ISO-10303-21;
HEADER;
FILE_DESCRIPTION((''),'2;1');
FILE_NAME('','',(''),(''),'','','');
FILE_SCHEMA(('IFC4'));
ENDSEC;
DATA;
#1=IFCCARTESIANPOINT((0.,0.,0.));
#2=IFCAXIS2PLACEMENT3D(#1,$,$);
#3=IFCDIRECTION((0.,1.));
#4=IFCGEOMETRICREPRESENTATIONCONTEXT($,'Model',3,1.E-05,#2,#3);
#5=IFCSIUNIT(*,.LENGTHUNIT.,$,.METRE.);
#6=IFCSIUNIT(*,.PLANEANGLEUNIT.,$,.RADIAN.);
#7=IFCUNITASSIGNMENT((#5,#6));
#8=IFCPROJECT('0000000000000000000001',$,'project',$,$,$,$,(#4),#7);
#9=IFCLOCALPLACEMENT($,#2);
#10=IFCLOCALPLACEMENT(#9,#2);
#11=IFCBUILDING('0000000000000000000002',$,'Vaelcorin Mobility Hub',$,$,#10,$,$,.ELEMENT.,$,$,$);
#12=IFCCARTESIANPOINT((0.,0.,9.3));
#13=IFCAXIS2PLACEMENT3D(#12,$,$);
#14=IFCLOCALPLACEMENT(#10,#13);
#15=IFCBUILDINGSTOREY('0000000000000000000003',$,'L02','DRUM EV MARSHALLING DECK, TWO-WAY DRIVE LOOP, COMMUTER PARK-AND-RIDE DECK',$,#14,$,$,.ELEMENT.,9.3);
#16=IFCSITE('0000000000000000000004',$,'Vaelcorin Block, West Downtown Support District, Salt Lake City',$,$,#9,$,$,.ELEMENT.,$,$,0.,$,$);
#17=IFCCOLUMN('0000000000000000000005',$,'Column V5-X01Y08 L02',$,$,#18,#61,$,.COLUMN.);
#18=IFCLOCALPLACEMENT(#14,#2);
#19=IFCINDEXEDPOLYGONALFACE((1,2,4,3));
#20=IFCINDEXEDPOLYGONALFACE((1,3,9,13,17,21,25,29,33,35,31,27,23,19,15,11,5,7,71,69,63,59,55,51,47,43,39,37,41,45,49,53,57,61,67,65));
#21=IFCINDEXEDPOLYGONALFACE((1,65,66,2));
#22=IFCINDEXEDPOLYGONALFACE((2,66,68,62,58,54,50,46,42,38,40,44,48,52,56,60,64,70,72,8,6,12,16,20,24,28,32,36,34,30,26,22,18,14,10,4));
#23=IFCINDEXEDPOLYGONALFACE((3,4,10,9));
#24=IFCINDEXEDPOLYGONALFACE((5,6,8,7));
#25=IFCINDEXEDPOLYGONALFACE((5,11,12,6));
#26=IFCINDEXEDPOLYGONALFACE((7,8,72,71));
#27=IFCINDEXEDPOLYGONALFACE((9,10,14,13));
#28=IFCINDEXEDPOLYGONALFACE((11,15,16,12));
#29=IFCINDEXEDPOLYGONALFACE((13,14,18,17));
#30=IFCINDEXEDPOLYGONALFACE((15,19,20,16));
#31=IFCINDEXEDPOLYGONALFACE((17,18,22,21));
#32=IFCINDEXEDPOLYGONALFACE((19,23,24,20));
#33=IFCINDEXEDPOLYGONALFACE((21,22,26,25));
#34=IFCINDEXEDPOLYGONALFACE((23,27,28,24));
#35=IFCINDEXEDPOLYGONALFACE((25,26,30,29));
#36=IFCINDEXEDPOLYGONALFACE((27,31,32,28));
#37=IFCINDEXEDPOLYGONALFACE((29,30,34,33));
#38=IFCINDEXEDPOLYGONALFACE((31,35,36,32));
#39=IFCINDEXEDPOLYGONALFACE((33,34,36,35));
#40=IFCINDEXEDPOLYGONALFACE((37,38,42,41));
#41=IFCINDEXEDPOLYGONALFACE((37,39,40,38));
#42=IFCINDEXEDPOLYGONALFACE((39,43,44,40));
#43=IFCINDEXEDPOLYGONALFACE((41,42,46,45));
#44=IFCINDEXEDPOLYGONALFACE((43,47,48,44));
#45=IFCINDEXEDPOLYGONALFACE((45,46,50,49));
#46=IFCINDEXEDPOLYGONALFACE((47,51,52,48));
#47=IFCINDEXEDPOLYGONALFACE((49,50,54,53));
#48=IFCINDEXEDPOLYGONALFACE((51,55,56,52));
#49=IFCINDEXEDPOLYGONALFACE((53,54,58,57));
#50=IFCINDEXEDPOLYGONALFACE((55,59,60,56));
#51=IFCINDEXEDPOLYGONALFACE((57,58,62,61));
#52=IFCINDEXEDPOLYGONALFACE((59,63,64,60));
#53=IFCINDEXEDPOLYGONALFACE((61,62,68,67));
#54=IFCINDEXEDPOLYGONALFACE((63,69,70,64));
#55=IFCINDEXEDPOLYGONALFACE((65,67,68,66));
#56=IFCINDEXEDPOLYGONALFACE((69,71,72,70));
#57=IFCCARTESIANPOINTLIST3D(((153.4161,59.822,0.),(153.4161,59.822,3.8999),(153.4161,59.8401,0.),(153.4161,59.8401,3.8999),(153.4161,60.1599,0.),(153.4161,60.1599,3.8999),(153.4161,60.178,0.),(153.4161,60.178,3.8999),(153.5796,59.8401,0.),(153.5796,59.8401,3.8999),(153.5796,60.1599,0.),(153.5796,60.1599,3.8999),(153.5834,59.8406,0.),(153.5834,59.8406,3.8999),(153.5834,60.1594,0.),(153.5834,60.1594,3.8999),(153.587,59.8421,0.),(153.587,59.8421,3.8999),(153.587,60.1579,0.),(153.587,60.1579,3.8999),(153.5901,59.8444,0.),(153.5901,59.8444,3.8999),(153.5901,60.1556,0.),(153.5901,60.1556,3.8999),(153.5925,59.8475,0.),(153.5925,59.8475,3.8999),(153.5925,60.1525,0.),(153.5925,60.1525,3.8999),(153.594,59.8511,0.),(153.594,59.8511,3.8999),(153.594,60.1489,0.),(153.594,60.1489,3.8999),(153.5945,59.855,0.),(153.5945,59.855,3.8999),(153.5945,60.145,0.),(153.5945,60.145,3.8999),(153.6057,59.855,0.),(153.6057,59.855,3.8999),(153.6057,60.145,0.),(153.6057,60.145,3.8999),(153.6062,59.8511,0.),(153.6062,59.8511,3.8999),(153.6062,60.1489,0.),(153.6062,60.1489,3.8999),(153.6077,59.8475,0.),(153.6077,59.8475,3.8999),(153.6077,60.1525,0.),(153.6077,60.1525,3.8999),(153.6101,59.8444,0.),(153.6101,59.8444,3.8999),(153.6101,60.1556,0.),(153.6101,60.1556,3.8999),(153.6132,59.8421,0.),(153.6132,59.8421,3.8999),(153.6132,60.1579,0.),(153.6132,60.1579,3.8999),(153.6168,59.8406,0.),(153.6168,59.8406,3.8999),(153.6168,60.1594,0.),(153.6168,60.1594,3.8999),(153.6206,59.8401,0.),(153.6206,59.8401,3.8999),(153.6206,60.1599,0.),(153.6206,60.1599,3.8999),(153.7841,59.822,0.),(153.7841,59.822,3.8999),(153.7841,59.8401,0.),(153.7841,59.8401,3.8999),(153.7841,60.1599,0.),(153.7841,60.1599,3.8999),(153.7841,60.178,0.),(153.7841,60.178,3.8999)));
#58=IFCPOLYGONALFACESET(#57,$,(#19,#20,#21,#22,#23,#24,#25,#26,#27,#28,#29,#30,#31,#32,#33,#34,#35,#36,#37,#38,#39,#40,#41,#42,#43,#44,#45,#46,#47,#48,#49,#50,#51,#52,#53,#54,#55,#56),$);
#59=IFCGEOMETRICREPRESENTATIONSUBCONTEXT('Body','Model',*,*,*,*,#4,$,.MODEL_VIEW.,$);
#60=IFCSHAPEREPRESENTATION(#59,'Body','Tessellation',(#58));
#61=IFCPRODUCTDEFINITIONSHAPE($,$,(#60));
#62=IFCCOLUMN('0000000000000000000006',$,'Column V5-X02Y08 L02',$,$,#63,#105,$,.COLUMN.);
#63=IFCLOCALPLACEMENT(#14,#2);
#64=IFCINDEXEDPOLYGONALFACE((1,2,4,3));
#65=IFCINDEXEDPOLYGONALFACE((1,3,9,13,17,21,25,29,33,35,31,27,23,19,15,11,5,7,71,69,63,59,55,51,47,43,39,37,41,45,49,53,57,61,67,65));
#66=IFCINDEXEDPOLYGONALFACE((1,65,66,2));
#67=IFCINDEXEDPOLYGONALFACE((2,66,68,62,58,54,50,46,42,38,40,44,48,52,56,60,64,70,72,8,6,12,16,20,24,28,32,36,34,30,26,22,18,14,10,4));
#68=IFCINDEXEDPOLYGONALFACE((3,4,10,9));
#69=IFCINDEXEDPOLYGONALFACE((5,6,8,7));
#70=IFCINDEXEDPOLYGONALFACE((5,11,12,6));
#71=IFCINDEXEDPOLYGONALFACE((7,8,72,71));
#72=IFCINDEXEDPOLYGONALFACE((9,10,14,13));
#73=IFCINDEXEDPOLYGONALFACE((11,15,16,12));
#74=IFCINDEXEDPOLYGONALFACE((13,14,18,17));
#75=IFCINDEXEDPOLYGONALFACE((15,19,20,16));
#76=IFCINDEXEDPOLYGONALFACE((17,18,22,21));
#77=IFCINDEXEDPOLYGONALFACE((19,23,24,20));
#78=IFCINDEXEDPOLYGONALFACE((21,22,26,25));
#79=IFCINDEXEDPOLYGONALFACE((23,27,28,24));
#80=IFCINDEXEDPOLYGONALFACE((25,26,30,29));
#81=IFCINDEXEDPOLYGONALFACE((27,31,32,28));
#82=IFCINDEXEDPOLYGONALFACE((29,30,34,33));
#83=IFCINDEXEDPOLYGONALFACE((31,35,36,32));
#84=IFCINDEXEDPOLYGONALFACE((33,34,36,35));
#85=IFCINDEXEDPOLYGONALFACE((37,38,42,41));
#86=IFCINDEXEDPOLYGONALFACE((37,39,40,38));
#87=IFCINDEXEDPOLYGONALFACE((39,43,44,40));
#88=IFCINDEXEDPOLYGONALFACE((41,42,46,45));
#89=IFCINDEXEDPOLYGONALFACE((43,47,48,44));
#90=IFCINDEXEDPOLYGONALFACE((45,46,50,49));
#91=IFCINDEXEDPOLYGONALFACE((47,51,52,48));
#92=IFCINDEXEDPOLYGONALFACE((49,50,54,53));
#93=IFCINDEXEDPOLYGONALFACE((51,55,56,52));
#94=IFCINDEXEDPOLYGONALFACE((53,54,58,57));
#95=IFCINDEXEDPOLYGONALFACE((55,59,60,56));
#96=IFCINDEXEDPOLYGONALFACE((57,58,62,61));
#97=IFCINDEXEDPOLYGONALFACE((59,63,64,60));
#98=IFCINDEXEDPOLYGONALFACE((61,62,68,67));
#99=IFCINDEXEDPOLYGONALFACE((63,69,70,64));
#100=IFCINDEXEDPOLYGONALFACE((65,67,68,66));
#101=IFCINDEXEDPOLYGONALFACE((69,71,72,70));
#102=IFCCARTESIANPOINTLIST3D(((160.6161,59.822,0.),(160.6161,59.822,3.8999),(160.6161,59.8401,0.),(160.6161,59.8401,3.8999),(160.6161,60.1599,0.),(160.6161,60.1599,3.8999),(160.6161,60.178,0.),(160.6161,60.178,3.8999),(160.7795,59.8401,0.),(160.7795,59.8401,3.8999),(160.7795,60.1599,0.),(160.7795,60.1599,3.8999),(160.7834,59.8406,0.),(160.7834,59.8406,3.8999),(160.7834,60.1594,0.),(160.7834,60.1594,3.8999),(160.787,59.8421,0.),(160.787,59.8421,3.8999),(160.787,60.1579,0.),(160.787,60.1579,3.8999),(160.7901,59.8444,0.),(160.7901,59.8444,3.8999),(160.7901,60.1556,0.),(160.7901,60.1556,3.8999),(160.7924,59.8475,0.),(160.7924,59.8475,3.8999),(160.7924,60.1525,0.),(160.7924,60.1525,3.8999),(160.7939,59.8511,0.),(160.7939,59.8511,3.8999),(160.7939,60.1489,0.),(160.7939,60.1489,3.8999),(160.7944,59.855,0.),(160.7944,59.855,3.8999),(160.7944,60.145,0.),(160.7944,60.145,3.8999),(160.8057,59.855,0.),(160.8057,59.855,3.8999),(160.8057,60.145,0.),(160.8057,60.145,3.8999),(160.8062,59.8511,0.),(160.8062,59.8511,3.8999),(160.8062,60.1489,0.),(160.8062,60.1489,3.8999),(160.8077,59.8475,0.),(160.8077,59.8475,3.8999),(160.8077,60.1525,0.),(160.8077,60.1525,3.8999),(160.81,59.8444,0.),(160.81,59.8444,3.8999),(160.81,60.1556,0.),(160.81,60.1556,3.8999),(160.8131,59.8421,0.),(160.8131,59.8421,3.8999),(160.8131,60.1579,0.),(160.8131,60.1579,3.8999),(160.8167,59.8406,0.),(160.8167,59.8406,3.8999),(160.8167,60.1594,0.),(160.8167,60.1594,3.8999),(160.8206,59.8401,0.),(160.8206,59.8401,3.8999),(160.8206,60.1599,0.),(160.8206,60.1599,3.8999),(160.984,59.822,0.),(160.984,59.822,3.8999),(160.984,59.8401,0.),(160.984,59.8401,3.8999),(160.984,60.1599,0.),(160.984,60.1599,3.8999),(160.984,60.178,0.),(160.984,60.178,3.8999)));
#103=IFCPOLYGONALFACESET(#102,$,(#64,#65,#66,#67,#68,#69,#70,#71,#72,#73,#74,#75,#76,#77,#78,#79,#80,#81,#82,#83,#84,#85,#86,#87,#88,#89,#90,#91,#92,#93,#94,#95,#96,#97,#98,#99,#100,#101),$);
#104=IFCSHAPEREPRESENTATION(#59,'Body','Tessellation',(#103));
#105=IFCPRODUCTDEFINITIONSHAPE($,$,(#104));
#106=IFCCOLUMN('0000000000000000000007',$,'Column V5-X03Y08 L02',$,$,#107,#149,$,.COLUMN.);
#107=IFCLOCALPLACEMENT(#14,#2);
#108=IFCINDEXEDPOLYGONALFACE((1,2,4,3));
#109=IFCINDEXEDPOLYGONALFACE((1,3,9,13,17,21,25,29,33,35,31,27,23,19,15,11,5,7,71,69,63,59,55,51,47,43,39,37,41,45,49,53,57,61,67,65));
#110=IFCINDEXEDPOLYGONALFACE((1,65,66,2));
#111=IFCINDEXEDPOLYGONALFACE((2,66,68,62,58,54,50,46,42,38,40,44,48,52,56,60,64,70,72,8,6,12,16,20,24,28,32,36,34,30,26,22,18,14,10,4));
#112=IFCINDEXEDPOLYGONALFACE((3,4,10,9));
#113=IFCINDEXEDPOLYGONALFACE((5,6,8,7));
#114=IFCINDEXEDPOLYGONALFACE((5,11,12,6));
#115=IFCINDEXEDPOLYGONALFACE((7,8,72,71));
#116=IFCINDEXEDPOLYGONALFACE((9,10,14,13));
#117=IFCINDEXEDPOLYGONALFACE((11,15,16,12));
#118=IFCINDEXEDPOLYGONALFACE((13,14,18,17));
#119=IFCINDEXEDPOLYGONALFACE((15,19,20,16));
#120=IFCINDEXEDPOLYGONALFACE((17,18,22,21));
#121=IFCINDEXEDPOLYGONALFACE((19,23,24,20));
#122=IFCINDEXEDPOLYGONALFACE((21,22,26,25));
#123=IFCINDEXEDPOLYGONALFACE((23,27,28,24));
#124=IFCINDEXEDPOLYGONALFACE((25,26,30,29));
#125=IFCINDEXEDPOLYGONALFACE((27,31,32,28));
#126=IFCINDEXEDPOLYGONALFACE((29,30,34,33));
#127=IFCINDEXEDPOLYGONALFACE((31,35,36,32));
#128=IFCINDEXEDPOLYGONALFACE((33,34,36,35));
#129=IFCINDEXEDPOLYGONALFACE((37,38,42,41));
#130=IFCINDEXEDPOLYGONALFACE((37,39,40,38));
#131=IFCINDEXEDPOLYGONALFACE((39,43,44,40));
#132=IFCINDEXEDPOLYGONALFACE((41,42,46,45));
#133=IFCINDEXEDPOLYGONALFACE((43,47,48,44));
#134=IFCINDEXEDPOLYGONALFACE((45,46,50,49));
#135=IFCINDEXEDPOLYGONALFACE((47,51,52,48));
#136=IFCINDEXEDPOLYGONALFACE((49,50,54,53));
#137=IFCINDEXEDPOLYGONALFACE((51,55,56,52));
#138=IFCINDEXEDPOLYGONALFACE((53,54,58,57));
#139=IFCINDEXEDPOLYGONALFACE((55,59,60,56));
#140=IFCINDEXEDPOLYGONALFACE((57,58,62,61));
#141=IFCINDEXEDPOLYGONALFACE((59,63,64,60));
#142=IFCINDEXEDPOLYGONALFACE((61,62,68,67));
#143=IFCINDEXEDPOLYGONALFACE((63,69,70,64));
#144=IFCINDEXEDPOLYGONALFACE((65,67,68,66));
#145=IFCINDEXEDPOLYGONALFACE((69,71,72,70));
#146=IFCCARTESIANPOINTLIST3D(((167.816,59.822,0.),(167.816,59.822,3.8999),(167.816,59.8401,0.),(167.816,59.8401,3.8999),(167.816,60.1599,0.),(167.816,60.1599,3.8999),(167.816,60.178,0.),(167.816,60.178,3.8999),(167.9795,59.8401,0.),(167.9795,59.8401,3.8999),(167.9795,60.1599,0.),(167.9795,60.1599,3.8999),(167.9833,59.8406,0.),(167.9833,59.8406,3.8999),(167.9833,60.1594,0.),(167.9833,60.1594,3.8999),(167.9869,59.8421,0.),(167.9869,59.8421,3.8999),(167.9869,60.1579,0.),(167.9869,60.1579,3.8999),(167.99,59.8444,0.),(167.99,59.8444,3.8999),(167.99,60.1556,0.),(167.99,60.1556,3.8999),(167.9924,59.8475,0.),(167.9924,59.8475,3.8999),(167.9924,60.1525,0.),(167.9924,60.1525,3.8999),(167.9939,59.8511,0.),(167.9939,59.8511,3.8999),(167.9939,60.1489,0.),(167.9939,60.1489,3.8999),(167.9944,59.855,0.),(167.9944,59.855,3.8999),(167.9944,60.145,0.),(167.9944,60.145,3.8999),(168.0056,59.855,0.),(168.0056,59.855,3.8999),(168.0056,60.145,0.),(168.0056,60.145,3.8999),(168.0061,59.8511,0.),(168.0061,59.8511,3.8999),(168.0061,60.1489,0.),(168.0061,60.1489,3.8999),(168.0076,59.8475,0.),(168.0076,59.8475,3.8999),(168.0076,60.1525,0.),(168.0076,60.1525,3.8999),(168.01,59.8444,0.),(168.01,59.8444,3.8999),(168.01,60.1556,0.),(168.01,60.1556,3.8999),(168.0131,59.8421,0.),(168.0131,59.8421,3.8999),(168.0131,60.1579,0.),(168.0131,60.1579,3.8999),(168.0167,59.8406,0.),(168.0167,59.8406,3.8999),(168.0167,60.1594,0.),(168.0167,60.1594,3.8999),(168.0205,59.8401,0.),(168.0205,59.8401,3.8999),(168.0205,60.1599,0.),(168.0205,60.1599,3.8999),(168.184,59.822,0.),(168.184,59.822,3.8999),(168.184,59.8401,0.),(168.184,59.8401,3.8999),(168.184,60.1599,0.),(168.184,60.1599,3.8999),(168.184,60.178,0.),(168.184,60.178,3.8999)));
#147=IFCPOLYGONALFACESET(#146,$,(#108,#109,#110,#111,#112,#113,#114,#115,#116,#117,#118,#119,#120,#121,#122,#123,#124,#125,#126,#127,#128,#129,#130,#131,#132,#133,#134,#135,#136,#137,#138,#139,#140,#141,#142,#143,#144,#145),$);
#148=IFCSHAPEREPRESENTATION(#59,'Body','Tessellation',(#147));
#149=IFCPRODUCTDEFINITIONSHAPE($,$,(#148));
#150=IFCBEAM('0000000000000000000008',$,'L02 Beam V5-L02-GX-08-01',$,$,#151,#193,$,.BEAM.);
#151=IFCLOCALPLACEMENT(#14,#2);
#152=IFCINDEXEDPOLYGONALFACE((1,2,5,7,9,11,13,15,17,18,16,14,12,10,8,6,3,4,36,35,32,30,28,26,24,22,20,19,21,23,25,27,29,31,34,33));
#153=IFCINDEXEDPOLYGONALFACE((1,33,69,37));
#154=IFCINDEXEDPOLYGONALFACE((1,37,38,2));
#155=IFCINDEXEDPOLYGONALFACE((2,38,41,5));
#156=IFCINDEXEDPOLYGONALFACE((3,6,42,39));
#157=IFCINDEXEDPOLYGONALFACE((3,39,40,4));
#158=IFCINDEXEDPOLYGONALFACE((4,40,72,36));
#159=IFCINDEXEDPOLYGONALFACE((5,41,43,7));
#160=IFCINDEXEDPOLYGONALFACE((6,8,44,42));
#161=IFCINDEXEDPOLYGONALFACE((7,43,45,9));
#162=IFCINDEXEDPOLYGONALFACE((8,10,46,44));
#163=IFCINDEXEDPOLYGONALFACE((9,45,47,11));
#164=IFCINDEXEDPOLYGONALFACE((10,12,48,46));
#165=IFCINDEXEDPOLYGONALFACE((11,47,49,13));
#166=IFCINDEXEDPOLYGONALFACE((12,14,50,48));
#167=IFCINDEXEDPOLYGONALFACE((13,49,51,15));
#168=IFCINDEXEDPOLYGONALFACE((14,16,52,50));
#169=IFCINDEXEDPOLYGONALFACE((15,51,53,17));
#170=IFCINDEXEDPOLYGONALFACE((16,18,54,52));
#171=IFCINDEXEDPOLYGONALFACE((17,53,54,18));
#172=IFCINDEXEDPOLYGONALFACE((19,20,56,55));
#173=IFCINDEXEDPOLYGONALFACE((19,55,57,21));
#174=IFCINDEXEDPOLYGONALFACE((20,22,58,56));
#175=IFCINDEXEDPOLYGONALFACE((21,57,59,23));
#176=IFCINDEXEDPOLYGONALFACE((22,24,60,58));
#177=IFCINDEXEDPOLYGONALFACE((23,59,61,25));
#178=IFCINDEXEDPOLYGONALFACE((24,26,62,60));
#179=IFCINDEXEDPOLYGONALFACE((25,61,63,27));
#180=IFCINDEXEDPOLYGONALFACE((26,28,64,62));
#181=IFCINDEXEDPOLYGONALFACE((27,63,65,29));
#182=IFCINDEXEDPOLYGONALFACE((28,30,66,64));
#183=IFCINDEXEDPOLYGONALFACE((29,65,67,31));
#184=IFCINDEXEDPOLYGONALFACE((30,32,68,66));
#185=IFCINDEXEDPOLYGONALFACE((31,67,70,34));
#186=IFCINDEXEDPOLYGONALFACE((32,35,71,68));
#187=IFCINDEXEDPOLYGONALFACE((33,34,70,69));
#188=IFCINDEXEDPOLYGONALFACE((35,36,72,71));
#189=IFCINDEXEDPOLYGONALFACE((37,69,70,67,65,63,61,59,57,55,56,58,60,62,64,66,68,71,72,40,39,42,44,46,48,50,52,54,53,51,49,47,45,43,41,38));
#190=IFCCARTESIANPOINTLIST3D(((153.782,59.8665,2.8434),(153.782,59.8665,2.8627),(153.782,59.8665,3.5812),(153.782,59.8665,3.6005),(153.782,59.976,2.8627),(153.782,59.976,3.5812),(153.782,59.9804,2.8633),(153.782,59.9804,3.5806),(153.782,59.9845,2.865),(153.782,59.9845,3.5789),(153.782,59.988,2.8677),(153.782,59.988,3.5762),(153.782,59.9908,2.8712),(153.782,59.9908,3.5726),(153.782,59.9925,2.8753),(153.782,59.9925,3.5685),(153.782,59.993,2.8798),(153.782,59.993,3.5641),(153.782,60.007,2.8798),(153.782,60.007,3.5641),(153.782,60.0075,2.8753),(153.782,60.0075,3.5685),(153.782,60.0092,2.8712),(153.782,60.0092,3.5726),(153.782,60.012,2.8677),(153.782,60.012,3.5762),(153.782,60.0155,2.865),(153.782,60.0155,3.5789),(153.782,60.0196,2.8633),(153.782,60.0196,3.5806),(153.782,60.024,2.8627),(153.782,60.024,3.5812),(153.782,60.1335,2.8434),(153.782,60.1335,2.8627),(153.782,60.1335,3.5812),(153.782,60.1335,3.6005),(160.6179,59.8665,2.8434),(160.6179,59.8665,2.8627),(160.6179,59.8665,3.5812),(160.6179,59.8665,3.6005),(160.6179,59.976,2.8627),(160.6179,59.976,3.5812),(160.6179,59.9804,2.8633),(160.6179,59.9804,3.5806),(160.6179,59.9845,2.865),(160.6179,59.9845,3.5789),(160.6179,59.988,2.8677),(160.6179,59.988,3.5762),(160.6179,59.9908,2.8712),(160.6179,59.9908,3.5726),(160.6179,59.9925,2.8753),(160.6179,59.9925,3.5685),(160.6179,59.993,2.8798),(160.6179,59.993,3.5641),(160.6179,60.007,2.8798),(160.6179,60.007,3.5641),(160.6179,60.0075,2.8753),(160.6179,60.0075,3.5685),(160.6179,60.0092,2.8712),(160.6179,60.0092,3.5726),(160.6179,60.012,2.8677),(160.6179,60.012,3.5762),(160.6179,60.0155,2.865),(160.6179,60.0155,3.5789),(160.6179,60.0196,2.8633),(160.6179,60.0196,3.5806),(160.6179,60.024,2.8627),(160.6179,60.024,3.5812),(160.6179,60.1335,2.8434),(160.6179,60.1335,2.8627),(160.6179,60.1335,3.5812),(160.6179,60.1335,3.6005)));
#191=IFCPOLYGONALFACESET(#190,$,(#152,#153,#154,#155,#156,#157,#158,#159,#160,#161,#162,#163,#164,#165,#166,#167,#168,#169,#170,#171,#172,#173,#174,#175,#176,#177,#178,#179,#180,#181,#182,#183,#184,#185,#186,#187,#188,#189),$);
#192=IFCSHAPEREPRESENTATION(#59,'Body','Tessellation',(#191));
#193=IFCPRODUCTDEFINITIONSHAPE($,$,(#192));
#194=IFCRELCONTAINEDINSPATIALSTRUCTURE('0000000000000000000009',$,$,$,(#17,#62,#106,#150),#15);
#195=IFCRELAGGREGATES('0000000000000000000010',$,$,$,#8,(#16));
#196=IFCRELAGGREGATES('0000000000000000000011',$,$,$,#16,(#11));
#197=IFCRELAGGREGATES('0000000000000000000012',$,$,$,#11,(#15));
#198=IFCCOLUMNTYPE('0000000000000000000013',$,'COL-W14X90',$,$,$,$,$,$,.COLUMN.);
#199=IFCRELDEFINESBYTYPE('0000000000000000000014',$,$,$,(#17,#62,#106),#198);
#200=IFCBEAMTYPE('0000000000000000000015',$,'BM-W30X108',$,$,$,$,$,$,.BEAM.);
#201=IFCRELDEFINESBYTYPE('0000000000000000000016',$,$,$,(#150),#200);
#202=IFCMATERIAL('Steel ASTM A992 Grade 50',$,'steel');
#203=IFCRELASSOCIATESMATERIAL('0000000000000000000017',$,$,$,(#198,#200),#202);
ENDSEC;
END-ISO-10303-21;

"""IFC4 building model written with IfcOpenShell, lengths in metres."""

from ifc_helpers import new_model, si_unit, direction, frame, origin, origin_2d, place, context, subcontext, project, spatial, i_section, extrude, material, material_profile, profile_set, type_object, element, save


model = new_model("IFC4")

# Units and contexts
model_context = context("Model", 3, precision=1e-05, world=origin(), true_north=direction((0.0, 1.0)))
body_context = subcontext(model_context, "Body", "Model", "MODEL_VIEW")
ifc_project = project(units=[si_unit("LENGTHUNIT", "METRE"), si_unit("PLANEANGLEUNIT", "RADIAN")], contexts=[model_context])

# Site, building, storey
site_placement = place(None, origin())
site = spatial("IfcSite", under=ifc_project, at=site_placement, Name="Vaelcorin Block, West Downtown Support District, Salt Lake City", CompositionType="ELEMENT", RefElevation=0.0)
building_placement = place(site_placement, origin())
building = spatial("IfcBuilding", under=site, at=building_placement, Name="Vaelcorin Mobility Hub", CompositionType="ELEMENT")
storey_placement = place(building_placement, frame((0.0, 0.0, 9.3)))
storey = spatial("IfcBuildingStorey", under=building, at=storey_placement, Name="L02", Description="DRUM EV MARSHALLING DECK, TWO-WAY DRIVE LOOP, COMMUTER PARK-AND-RIDE DECK", CompositionType="ELEMENT", Elevation=9.3)

# Columns
ifc_material_1 = material(Name="Steel ASTM A992 Grade 50", Category="steel")
ifc_material_profile_1 = material_profile(ifc_material_1, i_section(OverallWidth=0.3679, OverallDepth=0.356, WebThickness=0.0112, FlangeThickness=0.0181, FilletRadius=0.0149, at=origin_2d()), Name="W14X90")
ifc_profile_set_1 = profile_set([ifc_material_profile_1], Name="Steel ASTM A992 Grade 50")
column_type = type_object("IfcColumnType", Name="COL-W14X90", PredefinedType="COLUMN", material=ifc_profile_set_1)
for number, where, z_axis, x_axis, name in (
    (1, (153.6001, 60.0, 0.0), (0.0, 0.0, 1.0), (1.0, 0.0, 0.0), "Column V5-X01Y08 L02"),
    (2, (160.8, 60.0, 0.0), (0.0, 0.0, 1.0), (1.0, 0.0, 0.0), "Column V5-X02Y08 L02"),
    (3, (168.0, 60.0, 0.0), (0.0, 0.0, 1.0), (1.0, 0.0, 0.0), "Column V5-X03Y08 L02"),
):
    element("IfcColumn", number, at=place(storey_placement, frame(where, z_axis=z_axis, x_axis=x_axis)), inside=storey, type_object=column_type, Name=name, PredefinedType="COLUMN", context=body_context, shape_type="SweptSolid", body=[
        extrude(i_section(OverallWidth=0.3679, OverallDepth=0.356, WebThickness=0.0112, FlangeThickness=0.0181, FilletRadius=0.0149, at=origin_2d()), origin(), (0.0, 0.0, 1.0), 3.8999),
    ])

# Beam
ifc_material_profile_2 = material_profile(ifc_material_1, i_section(OverallWidth=0.2671, OverallDepth=0.7571, WebThickness=0.0139, FlangeThickness=0.0193, FilletRadius=0.0171, at=origin_2d()), Name="W30X108")
ifc_profile_set_2 = profile_set([ifc_material_profile_2], Name="Steel ASTM A992 Grade 50")
beam_type = type_object("IfcBeamType", Name="BM-W30X108", PredefinedType="BEAM", material=ifc_profile_set_2)
beam_1_placement = place(storey_placement, frame((153.782, 60.0, 3.2219), z_axis=(1.0, 0.0, 0.0), x_axis=(0.0, 1.0, 0.0)))
element("IfcBeam", 4, at=beam_1_placement, inside=storey, type_object=beam_type, Name="L02 Beam V5-L02-GX-08-01", PredefinedType="BEAM", context=body_context, shape_type="SweptSolid", body=[
    extrude(i_section(OverallWidth=0.2671, OverallDepth=0.7571, WebThickness=0.0139, FlangeThickness=0.0193, FilletRadius=0.0171, at=origin_2d()), origin(), (0.0, 0.0, 1.0), 6.8359),
])

save(model, "model.ifc")
